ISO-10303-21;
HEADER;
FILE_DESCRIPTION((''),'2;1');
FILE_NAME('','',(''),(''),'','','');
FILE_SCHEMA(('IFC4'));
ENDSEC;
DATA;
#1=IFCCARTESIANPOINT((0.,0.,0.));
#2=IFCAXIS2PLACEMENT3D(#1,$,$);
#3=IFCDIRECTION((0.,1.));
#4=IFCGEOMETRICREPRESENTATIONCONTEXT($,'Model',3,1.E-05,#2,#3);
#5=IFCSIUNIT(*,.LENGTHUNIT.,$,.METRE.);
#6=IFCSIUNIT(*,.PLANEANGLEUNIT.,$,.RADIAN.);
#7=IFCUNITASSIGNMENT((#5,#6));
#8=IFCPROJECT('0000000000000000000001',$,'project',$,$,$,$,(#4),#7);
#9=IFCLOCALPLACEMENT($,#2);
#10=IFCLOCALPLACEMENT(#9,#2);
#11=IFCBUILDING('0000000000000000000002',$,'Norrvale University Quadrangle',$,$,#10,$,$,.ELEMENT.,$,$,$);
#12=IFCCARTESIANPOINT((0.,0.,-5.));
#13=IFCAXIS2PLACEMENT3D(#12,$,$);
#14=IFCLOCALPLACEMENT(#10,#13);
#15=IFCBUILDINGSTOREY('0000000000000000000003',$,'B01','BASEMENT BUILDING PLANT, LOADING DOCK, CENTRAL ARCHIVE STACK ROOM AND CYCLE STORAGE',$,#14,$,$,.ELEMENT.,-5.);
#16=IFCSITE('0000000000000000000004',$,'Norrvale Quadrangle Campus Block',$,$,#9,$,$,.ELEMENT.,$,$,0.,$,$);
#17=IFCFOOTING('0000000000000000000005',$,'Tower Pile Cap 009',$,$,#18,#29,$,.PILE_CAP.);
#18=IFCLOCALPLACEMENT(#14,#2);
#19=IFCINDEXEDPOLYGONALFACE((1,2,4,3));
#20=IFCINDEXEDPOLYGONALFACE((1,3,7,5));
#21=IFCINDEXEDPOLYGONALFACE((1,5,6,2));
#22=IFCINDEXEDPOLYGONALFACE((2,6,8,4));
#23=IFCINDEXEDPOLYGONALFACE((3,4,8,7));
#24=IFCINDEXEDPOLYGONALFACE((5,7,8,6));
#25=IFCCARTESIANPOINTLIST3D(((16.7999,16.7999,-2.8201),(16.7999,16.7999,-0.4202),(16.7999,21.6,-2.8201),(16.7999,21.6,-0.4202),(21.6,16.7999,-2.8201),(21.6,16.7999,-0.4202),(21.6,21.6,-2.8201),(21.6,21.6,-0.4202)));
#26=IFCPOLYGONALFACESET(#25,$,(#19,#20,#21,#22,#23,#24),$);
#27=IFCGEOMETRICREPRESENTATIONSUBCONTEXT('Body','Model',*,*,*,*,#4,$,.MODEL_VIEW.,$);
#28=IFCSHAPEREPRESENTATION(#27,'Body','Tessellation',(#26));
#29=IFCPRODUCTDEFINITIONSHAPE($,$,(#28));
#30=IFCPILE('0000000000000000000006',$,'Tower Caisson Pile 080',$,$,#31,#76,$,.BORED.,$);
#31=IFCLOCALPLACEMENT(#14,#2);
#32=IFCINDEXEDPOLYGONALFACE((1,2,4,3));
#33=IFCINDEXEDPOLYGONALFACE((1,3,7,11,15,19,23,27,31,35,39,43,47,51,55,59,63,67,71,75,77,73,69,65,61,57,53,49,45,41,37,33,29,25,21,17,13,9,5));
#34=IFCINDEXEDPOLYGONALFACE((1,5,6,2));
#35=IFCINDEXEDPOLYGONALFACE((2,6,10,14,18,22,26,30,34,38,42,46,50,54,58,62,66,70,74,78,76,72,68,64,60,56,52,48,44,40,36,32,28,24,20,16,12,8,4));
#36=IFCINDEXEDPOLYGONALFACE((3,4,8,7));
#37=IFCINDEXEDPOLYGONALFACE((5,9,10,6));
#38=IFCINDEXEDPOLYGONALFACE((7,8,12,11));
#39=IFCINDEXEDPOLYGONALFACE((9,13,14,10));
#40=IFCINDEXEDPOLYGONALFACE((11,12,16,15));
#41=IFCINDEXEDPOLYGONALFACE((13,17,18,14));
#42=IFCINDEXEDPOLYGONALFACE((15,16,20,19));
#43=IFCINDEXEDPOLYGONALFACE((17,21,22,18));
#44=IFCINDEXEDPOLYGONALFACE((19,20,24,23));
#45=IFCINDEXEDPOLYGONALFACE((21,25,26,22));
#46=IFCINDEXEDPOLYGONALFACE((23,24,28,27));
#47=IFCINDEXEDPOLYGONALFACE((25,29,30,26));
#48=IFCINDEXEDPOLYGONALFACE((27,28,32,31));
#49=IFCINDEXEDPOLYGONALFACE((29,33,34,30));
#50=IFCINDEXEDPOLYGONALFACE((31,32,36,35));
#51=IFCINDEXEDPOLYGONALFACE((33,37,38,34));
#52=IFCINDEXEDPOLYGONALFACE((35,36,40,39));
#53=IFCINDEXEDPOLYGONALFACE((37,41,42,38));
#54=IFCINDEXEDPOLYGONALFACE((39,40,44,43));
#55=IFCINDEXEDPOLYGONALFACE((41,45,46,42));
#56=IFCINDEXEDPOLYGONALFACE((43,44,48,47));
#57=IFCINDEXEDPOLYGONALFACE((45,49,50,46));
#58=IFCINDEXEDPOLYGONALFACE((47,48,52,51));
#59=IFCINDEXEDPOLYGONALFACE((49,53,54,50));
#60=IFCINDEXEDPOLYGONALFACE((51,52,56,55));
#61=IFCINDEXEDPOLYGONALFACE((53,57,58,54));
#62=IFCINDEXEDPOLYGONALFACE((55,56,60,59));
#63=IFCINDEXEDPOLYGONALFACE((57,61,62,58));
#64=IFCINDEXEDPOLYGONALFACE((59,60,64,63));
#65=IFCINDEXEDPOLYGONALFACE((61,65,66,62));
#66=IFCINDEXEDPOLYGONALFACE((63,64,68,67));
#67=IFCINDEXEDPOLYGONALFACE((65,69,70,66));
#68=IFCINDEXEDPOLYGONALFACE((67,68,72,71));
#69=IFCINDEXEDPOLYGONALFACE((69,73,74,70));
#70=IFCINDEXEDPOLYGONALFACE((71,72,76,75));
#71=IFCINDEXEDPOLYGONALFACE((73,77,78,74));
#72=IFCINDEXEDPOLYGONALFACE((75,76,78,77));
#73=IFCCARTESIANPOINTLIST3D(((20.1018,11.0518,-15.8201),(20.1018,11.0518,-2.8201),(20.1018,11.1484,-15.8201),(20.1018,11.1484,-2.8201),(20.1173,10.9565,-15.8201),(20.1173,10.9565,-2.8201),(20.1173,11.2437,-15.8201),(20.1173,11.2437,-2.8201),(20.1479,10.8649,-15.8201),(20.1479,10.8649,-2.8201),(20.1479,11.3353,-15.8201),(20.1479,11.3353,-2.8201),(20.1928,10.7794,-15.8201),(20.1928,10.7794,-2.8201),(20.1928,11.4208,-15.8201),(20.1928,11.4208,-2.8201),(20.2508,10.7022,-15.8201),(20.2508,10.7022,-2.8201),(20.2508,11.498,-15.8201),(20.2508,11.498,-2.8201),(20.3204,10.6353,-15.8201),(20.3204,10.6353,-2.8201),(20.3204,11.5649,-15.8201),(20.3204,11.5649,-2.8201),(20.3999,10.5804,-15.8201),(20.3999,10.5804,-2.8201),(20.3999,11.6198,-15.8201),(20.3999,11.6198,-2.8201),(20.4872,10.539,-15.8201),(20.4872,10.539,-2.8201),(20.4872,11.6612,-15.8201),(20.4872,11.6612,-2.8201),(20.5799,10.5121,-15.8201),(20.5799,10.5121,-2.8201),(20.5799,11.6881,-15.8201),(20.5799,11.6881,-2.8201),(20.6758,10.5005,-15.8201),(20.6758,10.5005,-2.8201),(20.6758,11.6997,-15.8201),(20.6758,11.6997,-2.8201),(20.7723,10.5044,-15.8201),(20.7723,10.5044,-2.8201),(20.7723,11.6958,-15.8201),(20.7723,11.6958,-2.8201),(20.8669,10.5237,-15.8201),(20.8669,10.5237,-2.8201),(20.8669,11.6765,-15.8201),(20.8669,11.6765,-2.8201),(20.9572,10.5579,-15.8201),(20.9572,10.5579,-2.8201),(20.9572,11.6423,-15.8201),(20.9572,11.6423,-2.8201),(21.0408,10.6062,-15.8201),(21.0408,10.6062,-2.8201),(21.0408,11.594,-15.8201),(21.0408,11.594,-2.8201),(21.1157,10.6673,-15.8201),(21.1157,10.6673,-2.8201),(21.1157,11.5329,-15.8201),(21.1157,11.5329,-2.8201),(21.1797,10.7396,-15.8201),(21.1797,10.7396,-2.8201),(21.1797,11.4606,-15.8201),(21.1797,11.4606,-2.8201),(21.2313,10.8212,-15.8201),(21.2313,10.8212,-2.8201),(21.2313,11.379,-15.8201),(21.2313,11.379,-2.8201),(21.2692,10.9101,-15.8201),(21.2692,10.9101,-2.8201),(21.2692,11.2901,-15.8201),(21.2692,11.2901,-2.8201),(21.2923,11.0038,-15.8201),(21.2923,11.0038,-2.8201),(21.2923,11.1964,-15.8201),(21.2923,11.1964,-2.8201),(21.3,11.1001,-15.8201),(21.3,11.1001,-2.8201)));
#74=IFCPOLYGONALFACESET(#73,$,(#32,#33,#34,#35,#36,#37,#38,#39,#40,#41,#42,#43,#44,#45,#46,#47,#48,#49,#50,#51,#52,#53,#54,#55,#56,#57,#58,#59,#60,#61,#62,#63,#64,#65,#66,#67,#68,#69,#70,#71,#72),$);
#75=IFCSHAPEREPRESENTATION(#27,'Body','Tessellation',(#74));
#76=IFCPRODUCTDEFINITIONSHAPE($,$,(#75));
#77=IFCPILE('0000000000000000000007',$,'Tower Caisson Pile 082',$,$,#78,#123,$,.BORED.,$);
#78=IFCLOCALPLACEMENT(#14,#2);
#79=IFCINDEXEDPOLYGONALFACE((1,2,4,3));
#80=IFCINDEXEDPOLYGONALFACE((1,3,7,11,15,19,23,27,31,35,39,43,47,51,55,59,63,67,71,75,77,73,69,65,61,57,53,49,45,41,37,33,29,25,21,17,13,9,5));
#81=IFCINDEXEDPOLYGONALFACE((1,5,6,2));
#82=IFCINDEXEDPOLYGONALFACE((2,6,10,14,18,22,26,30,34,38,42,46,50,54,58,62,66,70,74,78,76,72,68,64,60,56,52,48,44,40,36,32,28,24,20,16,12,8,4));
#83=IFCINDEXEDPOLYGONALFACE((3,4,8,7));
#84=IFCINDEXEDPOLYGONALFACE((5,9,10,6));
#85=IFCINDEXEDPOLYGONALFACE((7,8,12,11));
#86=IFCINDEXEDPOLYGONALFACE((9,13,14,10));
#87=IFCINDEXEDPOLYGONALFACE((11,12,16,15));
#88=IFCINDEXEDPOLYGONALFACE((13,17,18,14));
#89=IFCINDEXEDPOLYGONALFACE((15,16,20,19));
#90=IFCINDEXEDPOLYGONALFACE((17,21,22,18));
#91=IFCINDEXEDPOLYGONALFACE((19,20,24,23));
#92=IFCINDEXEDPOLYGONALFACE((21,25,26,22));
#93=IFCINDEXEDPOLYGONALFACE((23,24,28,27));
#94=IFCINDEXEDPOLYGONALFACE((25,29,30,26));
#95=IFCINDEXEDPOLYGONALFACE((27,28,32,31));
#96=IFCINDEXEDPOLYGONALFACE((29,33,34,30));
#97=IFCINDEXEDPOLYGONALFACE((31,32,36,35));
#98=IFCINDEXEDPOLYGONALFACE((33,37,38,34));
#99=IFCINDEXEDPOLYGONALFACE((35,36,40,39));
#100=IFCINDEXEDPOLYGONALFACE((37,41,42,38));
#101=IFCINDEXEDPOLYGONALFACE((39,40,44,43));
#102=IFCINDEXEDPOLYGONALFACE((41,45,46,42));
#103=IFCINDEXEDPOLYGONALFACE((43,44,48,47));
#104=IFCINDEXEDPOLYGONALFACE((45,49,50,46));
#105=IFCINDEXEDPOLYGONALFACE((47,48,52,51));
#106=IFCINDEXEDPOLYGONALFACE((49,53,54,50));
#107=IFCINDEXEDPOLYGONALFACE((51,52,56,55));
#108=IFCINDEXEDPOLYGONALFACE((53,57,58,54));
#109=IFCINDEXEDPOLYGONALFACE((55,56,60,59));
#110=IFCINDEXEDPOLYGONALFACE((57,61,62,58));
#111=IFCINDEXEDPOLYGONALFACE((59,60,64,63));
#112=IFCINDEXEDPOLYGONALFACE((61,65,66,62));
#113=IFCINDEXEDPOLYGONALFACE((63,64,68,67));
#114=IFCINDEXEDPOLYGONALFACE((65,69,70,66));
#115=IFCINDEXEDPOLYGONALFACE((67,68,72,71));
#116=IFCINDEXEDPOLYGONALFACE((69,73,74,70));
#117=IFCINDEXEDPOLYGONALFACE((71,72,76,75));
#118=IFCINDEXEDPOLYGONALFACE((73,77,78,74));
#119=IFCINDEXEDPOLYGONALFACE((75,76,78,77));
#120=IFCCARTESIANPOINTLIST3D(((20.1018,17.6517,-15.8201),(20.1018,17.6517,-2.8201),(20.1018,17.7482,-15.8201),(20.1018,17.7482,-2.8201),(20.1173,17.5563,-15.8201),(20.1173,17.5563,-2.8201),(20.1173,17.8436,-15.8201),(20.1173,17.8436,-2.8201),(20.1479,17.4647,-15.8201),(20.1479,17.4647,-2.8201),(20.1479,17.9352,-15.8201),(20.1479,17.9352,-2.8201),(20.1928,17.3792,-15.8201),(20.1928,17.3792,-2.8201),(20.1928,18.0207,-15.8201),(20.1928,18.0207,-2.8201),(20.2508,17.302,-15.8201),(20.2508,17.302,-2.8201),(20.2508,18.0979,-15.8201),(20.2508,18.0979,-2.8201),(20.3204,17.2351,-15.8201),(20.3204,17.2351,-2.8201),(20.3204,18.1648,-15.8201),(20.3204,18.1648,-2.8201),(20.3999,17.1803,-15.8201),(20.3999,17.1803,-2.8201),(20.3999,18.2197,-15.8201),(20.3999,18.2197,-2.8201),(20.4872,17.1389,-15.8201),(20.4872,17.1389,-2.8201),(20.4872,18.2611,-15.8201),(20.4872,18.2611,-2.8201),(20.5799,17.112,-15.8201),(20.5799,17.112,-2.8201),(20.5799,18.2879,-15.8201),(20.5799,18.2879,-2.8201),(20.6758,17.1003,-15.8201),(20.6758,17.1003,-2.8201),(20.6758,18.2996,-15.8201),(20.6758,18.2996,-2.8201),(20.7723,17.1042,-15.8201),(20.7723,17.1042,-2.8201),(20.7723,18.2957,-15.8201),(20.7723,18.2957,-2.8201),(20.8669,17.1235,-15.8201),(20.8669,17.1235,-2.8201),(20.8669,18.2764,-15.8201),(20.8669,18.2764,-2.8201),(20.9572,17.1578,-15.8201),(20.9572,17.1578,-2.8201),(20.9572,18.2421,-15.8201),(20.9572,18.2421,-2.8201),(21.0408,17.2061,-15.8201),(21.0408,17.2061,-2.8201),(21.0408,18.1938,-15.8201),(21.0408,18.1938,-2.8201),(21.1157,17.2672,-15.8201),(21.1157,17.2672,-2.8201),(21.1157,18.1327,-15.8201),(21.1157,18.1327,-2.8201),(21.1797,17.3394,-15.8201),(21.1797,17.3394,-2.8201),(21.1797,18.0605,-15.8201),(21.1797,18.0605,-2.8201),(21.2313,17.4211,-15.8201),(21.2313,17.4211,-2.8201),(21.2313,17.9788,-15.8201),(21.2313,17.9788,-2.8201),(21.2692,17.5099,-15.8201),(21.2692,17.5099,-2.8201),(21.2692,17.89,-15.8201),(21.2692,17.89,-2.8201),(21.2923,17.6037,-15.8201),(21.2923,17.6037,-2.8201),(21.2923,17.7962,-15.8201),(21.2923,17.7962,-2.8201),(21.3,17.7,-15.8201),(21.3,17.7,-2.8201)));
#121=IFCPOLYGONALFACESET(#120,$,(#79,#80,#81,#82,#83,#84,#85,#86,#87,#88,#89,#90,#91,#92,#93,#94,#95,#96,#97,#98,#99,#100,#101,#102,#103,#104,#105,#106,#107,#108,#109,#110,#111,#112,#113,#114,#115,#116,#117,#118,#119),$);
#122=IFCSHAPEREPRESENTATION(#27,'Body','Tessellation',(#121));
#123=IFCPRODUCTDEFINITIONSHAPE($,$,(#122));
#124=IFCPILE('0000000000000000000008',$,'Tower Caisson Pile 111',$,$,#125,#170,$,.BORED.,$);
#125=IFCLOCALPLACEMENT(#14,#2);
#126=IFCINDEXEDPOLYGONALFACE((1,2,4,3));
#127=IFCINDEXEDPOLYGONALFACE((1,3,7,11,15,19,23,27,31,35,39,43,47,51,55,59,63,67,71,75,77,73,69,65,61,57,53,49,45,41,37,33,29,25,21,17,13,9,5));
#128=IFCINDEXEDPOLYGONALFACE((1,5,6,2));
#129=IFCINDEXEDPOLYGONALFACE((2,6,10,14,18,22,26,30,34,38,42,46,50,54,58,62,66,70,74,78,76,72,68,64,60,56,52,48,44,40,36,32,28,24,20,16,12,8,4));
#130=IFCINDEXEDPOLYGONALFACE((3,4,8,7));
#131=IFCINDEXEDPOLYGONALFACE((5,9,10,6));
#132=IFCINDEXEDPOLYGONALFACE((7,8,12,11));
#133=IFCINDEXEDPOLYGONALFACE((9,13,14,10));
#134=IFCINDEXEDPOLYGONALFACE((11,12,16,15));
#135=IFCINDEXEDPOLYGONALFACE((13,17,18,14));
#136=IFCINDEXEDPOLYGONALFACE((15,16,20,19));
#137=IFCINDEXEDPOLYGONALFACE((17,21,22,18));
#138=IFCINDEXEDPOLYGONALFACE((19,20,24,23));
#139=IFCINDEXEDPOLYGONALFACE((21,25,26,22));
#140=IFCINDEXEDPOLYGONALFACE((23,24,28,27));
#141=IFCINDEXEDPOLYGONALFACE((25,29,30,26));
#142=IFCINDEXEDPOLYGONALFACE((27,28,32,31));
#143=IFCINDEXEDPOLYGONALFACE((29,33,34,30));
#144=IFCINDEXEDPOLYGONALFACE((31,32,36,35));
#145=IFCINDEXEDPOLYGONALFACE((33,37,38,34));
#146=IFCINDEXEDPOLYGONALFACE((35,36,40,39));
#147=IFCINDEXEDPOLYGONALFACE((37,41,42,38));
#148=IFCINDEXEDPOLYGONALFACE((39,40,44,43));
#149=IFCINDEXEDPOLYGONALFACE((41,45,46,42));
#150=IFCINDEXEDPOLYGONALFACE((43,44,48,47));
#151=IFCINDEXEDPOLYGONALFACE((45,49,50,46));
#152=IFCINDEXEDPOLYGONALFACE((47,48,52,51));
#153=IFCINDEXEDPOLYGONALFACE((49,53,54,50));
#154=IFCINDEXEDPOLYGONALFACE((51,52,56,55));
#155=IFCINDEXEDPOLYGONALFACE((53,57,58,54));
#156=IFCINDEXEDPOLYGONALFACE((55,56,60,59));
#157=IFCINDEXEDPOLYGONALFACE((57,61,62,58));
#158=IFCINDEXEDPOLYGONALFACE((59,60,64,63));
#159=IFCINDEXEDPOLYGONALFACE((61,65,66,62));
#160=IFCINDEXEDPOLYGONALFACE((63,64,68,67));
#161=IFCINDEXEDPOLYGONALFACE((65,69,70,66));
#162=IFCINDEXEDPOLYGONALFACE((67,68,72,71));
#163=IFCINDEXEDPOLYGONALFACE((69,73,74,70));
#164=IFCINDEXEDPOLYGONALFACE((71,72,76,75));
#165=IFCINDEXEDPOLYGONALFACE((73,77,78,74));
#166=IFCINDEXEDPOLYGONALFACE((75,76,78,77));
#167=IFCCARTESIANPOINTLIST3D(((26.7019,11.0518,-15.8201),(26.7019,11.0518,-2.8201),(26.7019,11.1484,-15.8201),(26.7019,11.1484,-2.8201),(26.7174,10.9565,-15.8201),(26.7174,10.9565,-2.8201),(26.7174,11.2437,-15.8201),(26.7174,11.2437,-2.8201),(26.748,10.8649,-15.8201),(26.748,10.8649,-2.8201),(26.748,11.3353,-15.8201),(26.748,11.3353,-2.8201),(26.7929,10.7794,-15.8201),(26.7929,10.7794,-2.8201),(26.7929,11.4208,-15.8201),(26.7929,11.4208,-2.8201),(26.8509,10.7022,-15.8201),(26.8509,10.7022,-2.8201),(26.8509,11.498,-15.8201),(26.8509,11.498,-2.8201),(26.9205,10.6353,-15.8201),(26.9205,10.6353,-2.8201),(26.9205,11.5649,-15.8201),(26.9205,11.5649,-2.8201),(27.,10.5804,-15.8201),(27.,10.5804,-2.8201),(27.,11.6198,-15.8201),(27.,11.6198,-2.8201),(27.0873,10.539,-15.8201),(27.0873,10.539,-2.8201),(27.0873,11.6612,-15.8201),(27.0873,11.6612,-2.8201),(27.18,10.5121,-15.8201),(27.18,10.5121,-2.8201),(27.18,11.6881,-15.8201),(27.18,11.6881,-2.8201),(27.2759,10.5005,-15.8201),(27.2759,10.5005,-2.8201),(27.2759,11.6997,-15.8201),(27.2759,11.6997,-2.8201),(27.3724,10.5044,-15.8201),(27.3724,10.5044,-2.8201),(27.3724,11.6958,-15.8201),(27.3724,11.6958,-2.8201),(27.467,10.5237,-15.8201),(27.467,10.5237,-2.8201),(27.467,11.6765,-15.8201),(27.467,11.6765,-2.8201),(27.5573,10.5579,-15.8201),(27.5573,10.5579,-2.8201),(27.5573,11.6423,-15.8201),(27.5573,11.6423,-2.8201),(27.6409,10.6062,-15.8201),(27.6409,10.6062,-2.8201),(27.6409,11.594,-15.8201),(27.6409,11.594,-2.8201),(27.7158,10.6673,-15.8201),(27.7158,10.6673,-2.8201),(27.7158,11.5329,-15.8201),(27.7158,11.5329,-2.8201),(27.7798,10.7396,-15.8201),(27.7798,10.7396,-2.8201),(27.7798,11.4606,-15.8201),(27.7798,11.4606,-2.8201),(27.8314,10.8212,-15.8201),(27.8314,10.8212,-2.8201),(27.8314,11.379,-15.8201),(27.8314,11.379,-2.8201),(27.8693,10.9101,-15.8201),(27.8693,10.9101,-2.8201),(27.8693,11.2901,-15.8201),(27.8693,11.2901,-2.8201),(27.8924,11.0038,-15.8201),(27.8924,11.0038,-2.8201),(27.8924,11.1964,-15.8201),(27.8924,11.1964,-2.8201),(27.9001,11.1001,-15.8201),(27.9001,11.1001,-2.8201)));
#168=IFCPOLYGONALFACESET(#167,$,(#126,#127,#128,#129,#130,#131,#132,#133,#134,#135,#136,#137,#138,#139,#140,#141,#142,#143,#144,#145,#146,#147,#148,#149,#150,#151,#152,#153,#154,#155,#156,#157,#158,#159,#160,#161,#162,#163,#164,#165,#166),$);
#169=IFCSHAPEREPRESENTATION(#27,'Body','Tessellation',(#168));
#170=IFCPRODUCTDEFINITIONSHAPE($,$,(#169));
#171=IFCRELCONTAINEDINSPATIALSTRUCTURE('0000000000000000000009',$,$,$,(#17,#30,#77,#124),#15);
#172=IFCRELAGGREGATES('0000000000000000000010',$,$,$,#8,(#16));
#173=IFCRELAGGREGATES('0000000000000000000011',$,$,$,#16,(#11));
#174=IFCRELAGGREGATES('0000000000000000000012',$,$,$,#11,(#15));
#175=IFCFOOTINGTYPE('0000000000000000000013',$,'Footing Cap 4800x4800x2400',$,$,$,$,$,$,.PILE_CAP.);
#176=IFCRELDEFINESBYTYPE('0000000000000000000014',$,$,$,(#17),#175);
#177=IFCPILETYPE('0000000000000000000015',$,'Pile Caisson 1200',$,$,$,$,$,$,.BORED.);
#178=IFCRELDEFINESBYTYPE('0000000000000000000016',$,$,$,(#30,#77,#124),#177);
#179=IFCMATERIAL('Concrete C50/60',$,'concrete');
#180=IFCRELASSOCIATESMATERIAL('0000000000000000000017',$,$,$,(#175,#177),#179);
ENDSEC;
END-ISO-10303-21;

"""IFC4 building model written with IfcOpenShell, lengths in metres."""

from ifc_helpers import new_model, si_unit, direction, frame, origin, origin_2d, place, context, subcontext, project, spatial, rectangle, circle, extrude, material, material_profile, profile_set, type_object, element, save


model = new_model("IFC4")

# Units and contexts
model_context = context("Model", 3, precision=1e-05, world=origin(), true_north=direction((0.0, 1.0)))
body_context = subcontext(model_context, "Body", "Model", "MODEL_VIEW")
ifc_project = project(units=[si_unit("LENGTHUNIT", "METRE"), si_unit("PLANEANGLEUNIT", "RADIAN")], contexts=[model_context])

# Site, building, storey
site_placement = place(None, origin())
site = spatial("IfcSite", under=ifc_project, at=site_placement, Name="Norrvale Quadrangle Campus Block", CompositionType="ELEMENT", RefElevation=0.0)
building_placement = place(site_placement, origin())
building = spatial("IfcBuilding", under=site, at=building_placement, Name="Norrvale University Quadrangle", CompositionType="ELEMENT")
storey_placement = place(building_placement, frame((0.0, 0.0, -5.0)))
storey = spatial("IfcBuildingStorey", under=building, at=storey_placement, Name="B01", Description="BASEMENT BUILDING PLANT, LOADING DOCK, CENTRAL ARCHIVE STACK ROOM AND CYCLE STORAGE", CompositionType="ELEMENT", Elevation=-5.0)

# Footing
ifc_material_1 = material(Name="Concrete C50/60", Category="concrete")
footing_type = type_object("IfcFootingType", Name="Footing Cap 4800x4800x2400", PredefinedType="PILE_CAP", material=ifc_material_1)
footing_placement = place(storey_placement, frame((19.2, 19.2, -2.8201), z_axis=(0.0, 0.0, 1.0), x_axis=(1.0, 0.0, 0.0)))
element("IfcFooting", 1, at=footing_placement, inside=storey, type_object=footing_type, Name="Tower Pile Cap 009", PredefinedType="PILE_CAP", context=body_context, shape_type="SweptSolid", body=[
    extrude(rectangle(XDim=4.8, YDim=4.8, at=origin_2d()), origin(), (0.0, 0.0, 1.0), 2.3999),
])

# Piles
ifc_material_profile_1 = material_profile(ifc_material_1, circle(Radius=0.6001, at=origin_2d()), Name="Concrete C50/60")
ifc_profile_set_1 = profile_set([ifc_material_profile_1], Name="Concrete C50/60")
pile_type = type_object("IfcPileType", Name="Pile Caisson 1200", PredefinedType="BORED", material=ifc_profile_set_1)
for number, where, z_axis, x_axis, name in (
    (2, (20.7, 11.1001, -2.8201), (0.0, 0.0, -1.0), (1.0, 0.0, 0.0), "Tower Caisson Pile 080"),
    (3, (20.7, 17.7, -2.8201), (0.0, 0.0, -1.0), (1.0, 0.0, 0.0), "Tower Caisson Pile 082"),
    (4, (27.3, 11.1001, -2.8201), (0.0, 0.0, -1.0), (1.0, 0.0, 0.0), "Tower Caisson Pile 111"),
):
    element("IfcPile", number, at=place(storey_placement, frame(where, z_axis=z_axis, x_axis=x_axis)), inside=storey, type_object=pile_type, Name=name, PredefinedType="BORED", context=body_context, shape_type="SweptSolid", body=[
        extrude(circle(Radius=0.6001, at=origin_2d()), origin(), (0.0, 0.0, 1.0), 13.0),
    ])

save(model, "model.ifc")
